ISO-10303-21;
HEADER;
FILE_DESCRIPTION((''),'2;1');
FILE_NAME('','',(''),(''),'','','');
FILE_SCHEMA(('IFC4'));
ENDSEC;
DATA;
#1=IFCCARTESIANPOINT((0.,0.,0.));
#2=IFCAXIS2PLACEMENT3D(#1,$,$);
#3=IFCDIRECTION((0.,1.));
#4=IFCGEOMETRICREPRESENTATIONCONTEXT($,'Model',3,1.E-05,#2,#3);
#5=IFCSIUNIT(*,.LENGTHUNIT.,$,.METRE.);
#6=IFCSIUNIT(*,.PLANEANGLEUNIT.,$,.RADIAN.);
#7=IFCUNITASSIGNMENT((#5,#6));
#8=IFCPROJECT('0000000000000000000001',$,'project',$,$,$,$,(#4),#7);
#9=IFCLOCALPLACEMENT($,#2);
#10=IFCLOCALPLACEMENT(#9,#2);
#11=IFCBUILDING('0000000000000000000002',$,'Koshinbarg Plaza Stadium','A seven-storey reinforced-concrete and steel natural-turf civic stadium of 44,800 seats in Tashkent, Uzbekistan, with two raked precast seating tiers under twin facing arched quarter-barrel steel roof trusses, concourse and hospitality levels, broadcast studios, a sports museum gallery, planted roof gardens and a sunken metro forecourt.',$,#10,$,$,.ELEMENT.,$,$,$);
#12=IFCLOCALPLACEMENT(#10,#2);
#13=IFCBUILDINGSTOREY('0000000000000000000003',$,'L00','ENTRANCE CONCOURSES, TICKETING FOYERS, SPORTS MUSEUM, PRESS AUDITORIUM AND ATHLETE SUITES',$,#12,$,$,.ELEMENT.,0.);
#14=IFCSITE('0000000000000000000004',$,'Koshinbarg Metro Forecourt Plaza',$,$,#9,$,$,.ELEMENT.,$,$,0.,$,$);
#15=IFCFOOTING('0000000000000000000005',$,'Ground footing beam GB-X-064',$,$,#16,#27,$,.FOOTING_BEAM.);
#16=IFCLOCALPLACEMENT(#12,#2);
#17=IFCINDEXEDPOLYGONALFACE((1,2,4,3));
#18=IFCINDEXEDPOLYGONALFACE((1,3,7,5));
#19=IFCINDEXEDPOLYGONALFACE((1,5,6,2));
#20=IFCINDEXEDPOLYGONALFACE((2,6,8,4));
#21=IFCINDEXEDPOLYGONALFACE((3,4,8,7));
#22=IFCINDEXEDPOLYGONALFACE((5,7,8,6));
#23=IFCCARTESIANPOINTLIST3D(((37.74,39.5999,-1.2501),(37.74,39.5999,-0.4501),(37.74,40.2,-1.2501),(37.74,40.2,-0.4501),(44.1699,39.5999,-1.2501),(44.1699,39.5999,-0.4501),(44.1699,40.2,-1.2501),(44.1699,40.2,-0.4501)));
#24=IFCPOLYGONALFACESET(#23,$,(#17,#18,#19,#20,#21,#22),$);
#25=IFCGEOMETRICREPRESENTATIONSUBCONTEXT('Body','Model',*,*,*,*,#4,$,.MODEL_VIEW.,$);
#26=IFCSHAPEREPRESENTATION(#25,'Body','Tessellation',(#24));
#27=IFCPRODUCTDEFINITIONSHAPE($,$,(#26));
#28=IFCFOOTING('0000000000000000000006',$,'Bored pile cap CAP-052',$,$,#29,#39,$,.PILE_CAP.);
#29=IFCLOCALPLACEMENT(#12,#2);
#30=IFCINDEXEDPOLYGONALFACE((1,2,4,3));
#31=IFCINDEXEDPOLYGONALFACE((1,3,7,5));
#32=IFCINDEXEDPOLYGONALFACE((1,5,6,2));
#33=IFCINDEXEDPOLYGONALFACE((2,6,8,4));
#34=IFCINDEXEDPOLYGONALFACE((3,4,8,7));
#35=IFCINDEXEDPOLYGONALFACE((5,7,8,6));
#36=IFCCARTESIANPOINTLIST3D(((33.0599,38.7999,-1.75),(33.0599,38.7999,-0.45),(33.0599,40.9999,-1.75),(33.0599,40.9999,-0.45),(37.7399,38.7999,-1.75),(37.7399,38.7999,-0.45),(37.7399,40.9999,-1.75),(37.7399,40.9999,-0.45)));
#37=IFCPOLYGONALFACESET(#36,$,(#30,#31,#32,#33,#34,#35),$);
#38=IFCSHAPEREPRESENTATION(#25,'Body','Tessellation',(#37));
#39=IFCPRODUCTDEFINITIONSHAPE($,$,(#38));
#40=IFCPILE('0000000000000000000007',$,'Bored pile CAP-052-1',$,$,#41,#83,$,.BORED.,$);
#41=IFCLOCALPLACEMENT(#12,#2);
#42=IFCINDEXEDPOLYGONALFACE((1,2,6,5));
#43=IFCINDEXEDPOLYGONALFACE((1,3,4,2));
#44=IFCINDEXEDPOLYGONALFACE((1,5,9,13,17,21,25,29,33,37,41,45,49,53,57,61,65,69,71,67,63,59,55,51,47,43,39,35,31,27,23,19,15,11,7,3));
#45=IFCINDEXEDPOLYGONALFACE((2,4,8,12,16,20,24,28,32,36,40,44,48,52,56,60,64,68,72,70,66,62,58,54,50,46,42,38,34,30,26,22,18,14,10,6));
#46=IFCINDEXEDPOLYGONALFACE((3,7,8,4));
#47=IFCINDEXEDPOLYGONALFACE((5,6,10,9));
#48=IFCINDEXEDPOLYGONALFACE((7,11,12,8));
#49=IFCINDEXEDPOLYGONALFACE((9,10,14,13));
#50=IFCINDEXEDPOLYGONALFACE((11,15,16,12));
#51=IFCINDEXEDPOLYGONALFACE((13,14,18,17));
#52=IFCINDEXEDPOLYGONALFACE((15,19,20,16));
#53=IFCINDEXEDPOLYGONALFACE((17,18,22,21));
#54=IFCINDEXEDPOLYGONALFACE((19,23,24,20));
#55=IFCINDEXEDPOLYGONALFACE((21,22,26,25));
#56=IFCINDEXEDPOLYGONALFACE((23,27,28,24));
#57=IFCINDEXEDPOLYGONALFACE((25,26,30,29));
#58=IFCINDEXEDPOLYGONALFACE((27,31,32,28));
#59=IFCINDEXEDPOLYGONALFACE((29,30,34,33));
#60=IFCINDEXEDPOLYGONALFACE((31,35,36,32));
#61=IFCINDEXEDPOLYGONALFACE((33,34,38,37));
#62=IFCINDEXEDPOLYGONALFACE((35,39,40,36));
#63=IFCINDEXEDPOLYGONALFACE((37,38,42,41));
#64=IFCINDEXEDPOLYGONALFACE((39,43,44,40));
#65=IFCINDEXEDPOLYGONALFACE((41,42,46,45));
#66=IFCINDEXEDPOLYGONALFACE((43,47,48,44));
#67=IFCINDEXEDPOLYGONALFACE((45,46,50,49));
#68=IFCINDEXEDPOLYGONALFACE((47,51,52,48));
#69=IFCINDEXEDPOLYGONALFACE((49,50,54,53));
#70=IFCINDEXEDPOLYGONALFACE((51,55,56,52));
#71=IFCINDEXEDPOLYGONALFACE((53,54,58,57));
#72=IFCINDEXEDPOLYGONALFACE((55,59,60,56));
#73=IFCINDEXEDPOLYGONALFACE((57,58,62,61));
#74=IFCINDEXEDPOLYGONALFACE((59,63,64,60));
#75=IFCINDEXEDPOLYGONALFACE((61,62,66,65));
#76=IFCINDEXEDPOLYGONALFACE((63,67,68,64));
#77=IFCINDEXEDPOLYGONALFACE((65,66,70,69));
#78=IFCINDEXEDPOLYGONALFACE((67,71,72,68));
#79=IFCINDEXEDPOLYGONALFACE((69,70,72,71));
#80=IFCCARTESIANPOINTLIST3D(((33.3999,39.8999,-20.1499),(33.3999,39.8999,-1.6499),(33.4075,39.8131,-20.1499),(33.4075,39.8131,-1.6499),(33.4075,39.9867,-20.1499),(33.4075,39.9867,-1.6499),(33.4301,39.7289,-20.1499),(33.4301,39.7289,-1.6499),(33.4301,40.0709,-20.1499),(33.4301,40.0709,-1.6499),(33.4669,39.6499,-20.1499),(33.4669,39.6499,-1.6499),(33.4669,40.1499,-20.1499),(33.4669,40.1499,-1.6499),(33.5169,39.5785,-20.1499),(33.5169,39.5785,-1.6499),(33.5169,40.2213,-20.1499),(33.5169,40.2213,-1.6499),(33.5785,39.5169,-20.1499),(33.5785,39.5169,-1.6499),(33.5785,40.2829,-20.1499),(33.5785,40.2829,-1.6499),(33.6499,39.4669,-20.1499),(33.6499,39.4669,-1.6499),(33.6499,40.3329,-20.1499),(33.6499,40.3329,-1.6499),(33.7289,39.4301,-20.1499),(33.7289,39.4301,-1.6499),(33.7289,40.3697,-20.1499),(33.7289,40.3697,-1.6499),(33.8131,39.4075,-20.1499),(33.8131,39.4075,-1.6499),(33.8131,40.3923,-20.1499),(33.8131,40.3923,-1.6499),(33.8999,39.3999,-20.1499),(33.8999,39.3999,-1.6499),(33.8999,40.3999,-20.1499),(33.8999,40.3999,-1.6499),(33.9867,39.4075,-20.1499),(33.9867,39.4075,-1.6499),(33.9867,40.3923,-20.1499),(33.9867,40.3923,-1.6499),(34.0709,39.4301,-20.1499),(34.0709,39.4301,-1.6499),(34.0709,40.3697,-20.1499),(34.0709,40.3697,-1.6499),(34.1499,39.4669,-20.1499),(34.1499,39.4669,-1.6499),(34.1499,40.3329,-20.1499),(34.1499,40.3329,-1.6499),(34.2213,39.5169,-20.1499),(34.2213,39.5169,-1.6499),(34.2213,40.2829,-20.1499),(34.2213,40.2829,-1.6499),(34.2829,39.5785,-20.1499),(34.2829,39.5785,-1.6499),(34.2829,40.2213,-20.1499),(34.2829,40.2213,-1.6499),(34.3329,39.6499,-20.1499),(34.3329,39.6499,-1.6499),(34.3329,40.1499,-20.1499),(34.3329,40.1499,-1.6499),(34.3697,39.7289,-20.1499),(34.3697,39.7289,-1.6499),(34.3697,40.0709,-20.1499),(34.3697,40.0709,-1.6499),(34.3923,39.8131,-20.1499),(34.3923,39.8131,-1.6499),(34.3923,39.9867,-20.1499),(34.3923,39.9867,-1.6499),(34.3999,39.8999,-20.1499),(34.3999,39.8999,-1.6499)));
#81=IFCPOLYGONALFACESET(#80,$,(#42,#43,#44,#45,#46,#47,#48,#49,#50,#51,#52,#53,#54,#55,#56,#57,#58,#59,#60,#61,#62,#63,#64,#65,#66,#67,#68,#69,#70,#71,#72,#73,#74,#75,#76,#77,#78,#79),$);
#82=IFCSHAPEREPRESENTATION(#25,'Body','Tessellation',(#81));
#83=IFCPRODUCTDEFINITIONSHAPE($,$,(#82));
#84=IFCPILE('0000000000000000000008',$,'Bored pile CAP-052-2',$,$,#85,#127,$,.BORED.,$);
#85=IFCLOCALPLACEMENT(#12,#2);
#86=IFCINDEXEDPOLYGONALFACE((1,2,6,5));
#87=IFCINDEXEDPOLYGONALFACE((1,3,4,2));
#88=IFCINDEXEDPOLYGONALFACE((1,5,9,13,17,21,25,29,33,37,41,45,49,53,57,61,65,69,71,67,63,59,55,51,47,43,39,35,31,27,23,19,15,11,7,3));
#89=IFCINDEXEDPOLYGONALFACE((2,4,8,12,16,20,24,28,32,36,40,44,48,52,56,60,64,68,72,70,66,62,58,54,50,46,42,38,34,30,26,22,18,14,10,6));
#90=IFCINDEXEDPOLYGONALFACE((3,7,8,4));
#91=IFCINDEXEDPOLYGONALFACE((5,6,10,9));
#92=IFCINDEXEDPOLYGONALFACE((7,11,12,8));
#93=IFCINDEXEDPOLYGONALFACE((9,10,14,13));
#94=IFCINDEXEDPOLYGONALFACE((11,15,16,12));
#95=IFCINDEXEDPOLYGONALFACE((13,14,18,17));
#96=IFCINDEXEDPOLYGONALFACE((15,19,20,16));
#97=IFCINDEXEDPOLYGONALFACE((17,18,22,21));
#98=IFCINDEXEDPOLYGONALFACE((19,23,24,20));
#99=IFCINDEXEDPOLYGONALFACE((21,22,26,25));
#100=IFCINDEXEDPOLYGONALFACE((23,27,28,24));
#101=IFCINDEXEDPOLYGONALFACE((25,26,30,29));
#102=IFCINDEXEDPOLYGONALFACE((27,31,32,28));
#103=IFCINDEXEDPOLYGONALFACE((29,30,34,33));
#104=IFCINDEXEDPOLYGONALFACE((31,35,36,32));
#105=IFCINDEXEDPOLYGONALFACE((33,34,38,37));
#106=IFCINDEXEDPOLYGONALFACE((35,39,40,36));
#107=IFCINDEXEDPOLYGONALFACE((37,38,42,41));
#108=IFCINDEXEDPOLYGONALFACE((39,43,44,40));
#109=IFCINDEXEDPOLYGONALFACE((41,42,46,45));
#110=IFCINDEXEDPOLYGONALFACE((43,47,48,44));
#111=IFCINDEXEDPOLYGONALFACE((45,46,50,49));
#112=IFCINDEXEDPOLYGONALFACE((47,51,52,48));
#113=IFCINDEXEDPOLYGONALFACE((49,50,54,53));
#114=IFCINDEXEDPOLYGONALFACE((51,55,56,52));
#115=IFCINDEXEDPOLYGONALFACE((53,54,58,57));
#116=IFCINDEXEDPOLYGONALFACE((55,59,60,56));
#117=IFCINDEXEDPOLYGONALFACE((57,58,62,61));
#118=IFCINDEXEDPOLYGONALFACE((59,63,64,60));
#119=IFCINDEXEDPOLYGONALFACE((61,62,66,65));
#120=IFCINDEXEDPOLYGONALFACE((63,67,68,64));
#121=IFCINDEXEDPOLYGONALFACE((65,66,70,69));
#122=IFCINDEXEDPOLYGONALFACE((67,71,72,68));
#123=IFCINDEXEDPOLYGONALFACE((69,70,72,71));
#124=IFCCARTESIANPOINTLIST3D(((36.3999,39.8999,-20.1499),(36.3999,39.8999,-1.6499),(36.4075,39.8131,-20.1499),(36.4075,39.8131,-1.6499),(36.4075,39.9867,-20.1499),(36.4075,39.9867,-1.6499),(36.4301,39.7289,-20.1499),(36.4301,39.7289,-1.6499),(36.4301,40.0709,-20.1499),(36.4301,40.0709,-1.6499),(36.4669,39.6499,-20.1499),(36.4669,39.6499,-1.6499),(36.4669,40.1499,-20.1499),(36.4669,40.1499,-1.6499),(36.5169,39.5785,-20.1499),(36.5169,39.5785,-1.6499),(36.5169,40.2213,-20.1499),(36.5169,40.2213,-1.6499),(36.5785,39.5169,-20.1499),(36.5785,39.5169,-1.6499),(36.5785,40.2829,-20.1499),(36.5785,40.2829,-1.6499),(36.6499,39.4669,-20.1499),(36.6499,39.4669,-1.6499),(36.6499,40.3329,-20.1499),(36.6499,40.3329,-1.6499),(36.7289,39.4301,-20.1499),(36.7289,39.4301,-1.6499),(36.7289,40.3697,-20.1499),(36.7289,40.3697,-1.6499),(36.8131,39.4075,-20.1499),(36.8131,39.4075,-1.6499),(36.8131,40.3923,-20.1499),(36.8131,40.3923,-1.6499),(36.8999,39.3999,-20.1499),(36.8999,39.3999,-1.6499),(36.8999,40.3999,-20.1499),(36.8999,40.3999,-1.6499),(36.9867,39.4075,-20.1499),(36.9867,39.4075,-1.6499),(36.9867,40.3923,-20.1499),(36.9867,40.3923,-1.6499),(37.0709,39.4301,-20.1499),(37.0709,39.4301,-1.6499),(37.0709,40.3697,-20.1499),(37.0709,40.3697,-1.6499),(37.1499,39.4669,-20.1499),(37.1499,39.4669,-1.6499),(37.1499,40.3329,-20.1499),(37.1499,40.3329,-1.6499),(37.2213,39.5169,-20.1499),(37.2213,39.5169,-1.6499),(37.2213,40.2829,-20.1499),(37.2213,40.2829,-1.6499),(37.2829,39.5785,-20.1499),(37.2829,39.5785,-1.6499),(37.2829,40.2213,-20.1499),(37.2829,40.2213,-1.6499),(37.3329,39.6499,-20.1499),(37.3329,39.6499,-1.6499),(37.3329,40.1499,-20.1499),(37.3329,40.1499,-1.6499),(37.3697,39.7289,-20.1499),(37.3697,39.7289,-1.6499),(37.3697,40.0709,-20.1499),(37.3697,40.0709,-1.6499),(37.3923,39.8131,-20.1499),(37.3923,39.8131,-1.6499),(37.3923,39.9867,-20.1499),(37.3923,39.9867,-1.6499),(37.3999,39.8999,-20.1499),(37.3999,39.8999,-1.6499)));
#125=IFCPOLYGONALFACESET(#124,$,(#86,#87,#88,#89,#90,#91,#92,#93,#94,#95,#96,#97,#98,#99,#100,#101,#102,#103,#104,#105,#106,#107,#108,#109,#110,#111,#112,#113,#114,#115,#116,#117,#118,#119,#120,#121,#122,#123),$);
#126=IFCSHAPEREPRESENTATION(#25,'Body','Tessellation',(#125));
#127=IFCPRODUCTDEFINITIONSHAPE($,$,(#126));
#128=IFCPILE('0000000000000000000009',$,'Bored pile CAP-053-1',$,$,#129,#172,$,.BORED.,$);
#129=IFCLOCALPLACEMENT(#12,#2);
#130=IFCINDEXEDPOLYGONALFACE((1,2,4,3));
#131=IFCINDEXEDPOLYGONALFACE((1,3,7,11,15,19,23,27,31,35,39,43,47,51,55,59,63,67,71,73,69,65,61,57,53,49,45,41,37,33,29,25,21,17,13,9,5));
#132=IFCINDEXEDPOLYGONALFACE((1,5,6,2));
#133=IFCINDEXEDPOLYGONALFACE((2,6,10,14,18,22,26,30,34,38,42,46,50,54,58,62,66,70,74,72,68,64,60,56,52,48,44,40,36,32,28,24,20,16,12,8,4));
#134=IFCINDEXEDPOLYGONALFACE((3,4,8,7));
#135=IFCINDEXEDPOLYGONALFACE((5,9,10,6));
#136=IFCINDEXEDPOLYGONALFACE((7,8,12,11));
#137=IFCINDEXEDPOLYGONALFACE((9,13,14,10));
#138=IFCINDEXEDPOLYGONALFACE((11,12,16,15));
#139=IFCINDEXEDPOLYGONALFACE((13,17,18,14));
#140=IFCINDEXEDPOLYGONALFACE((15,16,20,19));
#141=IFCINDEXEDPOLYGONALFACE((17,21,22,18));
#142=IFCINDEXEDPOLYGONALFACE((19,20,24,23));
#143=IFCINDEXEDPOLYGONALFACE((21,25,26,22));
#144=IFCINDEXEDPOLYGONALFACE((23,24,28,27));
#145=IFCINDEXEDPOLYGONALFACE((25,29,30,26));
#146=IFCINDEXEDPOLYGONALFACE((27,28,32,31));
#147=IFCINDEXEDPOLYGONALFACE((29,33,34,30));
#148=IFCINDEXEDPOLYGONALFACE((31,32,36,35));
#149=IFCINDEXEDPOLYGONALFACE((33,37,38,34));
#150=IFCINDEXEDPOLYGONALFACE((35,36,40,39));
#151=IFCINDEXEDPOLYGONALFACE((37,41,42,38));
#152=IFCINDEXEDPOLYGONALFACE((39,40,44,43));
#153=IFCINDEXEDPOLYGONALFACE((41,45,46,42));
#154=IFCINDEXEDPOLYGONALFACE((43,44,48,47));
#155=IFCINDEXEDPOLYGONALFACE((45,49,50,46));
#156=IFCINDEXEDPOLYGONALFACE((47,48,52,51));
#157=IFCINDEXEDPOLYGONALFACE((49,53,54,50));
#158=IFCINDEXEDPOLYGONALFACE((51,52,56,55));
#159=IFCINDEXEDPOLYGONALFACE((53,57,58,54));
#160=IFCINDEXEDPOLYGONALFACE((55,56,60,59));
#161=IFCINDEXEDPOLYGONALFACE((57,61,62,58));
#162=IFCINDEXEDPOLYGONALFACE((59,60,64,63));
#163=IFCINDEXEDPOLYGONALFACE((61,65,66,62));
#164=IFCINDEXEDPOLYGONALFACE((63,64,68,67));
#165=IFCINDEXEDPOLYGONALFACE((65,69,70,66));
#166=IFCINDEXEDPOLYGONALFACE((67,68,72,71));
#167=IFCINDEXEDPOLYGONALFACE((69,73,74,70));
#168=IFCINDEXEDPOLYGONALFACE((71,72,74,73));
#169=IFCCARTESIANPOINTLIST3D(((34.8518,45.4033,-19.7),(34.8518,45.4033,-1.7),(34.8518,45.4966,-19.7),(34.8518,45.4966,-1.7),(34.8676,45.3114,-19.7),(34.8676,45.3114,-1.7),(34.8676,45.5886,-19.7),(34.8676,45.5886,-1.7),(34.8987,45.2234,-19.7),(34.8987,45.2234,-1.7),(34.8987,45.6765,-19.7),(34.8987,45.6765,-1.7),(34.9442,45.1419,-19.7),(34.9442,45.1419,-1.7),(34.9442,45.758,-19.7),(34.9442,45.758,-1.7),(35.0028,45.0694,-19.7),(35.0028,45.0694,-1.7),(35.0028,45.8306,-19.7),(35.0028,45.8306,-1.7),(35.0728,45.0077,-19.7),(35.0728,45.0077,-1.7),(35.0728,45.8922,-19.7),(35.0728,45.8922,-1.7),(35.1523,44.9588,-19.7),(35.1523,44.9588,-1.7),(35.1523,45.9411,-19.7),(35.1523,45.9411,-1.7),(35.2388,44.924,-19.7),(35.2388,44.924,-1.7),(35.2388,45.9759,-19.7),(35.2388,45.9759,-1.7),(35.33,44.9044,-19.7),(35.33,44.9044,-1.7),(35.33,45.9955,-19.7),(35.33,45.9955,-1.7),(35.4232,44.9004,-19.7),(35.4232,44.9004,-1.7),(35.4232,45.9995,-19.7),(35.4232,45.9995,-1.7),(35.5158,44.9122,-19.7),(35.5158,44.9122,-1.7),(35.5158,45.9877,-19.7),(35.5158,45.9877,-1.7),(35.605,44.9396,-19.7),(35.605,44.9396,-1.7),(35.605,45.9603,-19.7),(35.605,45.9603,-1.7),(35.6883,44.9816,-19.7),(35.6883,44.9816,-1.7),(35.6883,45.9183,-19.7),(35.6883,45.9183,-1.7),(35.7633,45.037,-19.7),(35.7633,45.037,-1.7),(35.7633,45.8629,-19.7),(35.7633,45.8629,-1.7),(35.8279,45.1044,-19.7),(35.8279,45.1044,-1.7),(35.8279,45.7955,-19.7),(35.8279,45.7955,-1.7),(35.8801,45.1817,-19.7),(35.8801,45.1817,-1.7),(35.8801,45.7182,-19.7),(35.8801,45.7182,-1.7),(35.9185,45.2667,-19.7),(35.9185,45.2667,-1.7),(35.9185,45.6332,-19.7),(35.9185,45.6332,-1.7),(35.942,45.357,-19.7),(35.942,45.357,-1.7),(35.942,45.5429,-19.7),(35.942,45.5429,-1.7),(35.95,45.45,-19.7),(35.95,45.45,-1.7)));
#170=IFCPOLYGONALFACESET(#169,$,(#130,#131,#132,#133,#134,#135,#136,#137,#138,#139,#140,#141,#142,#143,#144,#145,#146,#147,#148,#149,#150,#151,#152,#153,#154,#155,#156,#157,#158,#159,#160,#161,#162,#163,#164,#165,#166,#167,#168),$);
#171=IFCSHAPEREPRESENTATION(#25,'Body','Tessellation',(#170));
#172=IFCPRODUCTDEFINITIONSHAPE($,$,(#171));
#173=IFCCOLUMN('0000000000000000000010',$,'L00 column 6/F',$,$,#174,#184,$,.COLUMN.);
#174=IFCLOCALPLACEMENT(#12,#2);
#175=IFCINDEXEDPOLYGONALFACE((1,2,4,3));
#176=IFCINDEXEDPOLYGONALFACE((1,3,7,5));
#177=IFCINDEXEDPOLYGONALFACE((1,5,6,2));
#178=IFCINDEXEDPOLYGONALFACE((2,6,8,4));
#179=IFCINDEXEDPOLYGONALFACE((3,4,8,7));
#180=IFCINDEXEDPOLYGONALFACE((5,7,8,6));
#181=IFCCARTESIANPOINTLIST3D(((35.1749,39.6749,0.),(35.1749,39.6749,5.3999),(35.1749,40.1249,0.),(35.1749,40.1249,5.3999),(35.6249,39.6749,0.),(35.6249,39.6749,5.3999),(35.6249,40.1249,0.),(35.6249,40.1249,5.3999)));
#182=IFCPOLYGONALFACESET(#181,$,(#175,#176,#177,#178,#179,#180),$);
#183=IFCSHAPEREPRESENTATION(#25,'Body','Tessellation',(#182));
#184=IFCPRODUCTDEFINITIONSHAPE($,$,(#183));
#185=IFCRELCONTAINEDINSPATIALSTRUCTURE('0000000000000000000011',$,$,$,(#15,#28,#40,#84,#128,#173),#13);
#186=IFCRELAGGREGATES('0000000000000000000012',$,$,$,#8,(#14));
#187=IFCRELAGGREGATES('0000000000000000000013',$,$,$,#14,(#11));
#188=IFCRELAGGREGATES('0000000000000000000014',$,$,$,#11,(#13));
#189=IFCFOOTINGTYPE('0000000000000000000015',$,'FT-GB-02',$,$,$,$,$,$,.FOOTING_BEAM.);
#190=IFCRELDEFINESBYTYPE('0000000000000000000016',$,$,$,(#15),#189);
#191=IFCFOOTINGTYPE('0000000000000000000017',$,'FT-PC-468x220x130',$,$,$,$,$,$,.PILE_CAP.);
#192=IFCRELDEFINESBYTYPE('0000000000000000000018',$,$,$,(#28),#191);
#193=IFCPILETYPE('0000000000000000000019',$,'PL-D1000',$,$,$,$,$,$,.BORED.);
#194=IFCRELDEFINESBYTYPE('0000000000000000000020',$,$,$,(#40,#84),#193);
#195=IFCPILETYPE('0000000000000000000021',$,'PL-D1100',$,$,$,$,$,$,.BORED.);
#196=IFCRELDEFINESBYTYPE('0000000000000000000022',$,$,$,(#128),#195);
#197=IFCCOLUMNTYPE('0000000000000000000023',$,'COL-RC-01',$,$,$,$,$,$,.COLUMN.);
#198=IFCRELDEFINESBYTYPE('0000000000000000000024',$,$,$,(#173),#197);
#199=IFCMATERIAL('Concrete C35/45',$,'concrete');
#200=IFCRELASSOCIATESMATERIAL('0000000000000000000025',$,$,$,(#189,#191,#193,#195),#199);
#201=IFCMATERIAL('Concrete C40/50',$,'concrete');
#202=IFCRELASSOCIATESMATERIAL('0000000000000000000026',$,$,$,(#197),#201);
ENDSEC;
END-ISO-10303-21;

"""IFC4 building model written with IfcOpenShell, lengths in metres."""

from ifc_helpers import new_model, si_unit, direction, frame, origin, origin_2d, place, context, subcontext, project, spatial, rectangle, circle, extrude, material, material_profile, profile_set, type_object, element, save


model = new_model("IFC4")

# Units and contexts
model_context = context("Model", 3, precision=1e-05, world=origin(), true_north=direction((0.0, 1.0)))
body_context = subcontext(model_context, "Body", "Model", "MODEL_VIEW")
ifc_project = project(units=[si_unit("LENGTHUNIT", "METRE"), si_unit("PLANEANGLEUNIT", "RADIAN")], contexts=[model_context])

# Site, building, storey
site_placement = place(None, origin())
site = spatial("IfcSite", under=ifc_project, at=site_placement, Name="Koshinbarg Metro Forecourt Plaza", CompositionType="ELEMENT", RefElevation=0.0)
building_placement = place(site_placement, origin())
building = spatial("IfcBuilding", under=site, at=building_placement, Name="Koshinbarg Plaza Stadium", Description="A seven-storey reinforced-concrete and steel natural-turf civic stadium of 44,800 seats in Tashkent, Uzbekistan, with two raked precast seating tiers under twin facing arched quarter-barrel steel roof trusses, concourse and hospitality levels, broadcast studios, a sports museum gallery, planted roof gardens and a sunken metro forecourt.", CompositionType="ELEMENT")
storey_placement = place(building_placement, origin())
storey = spatial("IfcBuildingStorey", under=building, at=storey_placement, Name="L00", Description="ENTRANCE CONCOURSES, TICKETING FOYERS, SPORTS MUSEUM, PRESS AUDITORIUM AND ATHLETE SUITES", CompositionType="ELEMENT", Elevation=0.0)

# Footings
ifc_material_1 = material(Name="Concrete C35/45", Category="concrete")
ifc_material_profile_1 = material_profile(ifc_material_1, rectangle(XDim=0.6001, YDim=0.8, at=origin_2d()), Name="GB 600x800")
ifc_profile_set_1 = profile_set([ifc_material_profile_1], Name="Concrete C35/45")
footing_type_1 = type_object("IfcFootingType", Name="FT-GB-02", PredefinedType="FOOTING_BEAM", material=ifc_profile_set_1)
footing_1_placement = place(storey_placement, frame((37.74, 39.8999, -0.8501), z_axis=(1.0, 0.0, 0.0), x_axis=(0.0, 1.0, 0.0)))
element("IfcFooting", 1, at=footing_1_placement, inside=storey, type_object=footing_type_1, Name="Ground footing beam GB-X-064", PredefinedType="FOOTING_BEAM", context=body_context, shape_type="SweptSolid", body=[
    extrude(rectangle(XDim=0.6001, YDim=0.8, at=origin_2d()), origin(), (0.0, 0.0, 1.0), 6.4299),
])
footing_type_2 = type_object("IfcFootingType", Name="FT-PC-468x220x130", PredefinedType="PILE_CAP", material=ifc_material_1)
footing_2_placement = place(storey_placement, frame((35.3999, 39.8999, -1.75), z_axis=(0.0, 0.0, 1.0), x_axis=(1.0, 0.0, 0.0)))
element("IfcFooting", 2, at=footing_2_placement, inside=storey, type_object=footing_type_2, Name="Bored pile cap CAP-052", PredefinedType="PILE_CAP", context=body_context, shape_type="SweptSolid", body=[
    extrude(rectangle(XDim=4.6799, YDim=2.2, at=origin_2d()), origin(), (0.0, 0.0, 1.0), 1.3),
])

# Piles
ifc_material_profile_2 = material_profile(ifc_material_1, circle(Radius=0.5, at=origin_2d()), Name="PILE D1000")
ifc_profile_set_2 = profile_set([ifc_material_profile_2], Name="Concrete C35/45")
pile_type_1 = type_object("IfcPileType", Name="PL-D1000", PredefinedType="BORED", material=ifc_profile_set_2)
for number, where, z_axis, x_axis, name in (
    (3, (33.8999, 39.8999, -1.6499), (0.0, 0.0, -1.0), (1.0, 0.0, 0.0), "Bored pile CAP-052-1"),
    (4, (36.8999, 39.8999, -1.6499), (0.0, 0.0, -1.0), (1.0, 0.0, 0.0), "Bored pile CAP-052-2"),
):
    element("IfcPile", number, at=place(storey_placement, frame(where, z_axis=z_axis, x_axis=x_axis)), inside=storey, type_object=pile_type_1, Name=name, PredefinedType="BORED", context=body_context, shape_type="SweptSolid", body=[
        extrude(circle(Radius=0.5, at=origin_2d()), origin(), (0.0, 0.0, 1.0), 18.5),
    ])
ifc_material_profile_3 = material_profile(ifc_material_1, circle(Radius=0.55, at=origin_2d()), Name="PILE D1100")
ifc_profile_set_3 = profile_set([ifc_material_profile_3], Name="Concrete C35/45")
pile_type_2 = type_object("IfcPileType", Name="PL-D1100", PredefinedType="BORED", material=ifc_profile_set_3)
pile_placement = place(storey_placement, frame((35.3999, 45.45, -1.7), z_axis=(0.0, 0.0, -1.0), x_axis=(1.0, 0.0, 0.0)))
element("IfcPile", 5, at=pile_placement, inside=storey, type_object=pile_type_2, Name="Bored pile CAP-053-1", PredefinedType="BORED", context=body_context, shape_type="SweptSolid", body=[
    extrude(circle(Radius=0.55, at=origin_2d()), origin(), (0.0, 0.0, 1.0), 18.0),
])

# Column
ifc_material_2 = material(Name="Concrete C40/50", Category="concrete")
ifc_material_profile_4 = material_profile(ifc_material_2, rectangle(XDim=0.45, YDim=0.45, at=origin_2d()), Name="RC 450x450")
ifc_profile_set_4 = profile_set([ifc_material_profile_4], Name="Concrete C40/50")
column_type = type_object("IfcColumnType", Name="COL-RC-01", PredefinedType="COLUMN", material=ifc_profile_set_4)
column_placement = place(storey_placement, frame((35.3999, 39.8999, 0.0), z_axis=(0.0, 0.0, 1.0), x_axis=(1.0, 0.0, 0.0)))
element("IfcColumn", 6, at=column_placement, inside=storey, type_object=column_type, Name="L00 column 6/F", PredefinedType="COLUMN", context=body_context, shape_type="SweptSolid", body=[
    extrude(rectangle(XDim=0.45, YDim=0.45, at=origin_2d()), origin(), (0.0, 0.0, 1.0), 5.3999),
])

save(model, "model.ifc")
